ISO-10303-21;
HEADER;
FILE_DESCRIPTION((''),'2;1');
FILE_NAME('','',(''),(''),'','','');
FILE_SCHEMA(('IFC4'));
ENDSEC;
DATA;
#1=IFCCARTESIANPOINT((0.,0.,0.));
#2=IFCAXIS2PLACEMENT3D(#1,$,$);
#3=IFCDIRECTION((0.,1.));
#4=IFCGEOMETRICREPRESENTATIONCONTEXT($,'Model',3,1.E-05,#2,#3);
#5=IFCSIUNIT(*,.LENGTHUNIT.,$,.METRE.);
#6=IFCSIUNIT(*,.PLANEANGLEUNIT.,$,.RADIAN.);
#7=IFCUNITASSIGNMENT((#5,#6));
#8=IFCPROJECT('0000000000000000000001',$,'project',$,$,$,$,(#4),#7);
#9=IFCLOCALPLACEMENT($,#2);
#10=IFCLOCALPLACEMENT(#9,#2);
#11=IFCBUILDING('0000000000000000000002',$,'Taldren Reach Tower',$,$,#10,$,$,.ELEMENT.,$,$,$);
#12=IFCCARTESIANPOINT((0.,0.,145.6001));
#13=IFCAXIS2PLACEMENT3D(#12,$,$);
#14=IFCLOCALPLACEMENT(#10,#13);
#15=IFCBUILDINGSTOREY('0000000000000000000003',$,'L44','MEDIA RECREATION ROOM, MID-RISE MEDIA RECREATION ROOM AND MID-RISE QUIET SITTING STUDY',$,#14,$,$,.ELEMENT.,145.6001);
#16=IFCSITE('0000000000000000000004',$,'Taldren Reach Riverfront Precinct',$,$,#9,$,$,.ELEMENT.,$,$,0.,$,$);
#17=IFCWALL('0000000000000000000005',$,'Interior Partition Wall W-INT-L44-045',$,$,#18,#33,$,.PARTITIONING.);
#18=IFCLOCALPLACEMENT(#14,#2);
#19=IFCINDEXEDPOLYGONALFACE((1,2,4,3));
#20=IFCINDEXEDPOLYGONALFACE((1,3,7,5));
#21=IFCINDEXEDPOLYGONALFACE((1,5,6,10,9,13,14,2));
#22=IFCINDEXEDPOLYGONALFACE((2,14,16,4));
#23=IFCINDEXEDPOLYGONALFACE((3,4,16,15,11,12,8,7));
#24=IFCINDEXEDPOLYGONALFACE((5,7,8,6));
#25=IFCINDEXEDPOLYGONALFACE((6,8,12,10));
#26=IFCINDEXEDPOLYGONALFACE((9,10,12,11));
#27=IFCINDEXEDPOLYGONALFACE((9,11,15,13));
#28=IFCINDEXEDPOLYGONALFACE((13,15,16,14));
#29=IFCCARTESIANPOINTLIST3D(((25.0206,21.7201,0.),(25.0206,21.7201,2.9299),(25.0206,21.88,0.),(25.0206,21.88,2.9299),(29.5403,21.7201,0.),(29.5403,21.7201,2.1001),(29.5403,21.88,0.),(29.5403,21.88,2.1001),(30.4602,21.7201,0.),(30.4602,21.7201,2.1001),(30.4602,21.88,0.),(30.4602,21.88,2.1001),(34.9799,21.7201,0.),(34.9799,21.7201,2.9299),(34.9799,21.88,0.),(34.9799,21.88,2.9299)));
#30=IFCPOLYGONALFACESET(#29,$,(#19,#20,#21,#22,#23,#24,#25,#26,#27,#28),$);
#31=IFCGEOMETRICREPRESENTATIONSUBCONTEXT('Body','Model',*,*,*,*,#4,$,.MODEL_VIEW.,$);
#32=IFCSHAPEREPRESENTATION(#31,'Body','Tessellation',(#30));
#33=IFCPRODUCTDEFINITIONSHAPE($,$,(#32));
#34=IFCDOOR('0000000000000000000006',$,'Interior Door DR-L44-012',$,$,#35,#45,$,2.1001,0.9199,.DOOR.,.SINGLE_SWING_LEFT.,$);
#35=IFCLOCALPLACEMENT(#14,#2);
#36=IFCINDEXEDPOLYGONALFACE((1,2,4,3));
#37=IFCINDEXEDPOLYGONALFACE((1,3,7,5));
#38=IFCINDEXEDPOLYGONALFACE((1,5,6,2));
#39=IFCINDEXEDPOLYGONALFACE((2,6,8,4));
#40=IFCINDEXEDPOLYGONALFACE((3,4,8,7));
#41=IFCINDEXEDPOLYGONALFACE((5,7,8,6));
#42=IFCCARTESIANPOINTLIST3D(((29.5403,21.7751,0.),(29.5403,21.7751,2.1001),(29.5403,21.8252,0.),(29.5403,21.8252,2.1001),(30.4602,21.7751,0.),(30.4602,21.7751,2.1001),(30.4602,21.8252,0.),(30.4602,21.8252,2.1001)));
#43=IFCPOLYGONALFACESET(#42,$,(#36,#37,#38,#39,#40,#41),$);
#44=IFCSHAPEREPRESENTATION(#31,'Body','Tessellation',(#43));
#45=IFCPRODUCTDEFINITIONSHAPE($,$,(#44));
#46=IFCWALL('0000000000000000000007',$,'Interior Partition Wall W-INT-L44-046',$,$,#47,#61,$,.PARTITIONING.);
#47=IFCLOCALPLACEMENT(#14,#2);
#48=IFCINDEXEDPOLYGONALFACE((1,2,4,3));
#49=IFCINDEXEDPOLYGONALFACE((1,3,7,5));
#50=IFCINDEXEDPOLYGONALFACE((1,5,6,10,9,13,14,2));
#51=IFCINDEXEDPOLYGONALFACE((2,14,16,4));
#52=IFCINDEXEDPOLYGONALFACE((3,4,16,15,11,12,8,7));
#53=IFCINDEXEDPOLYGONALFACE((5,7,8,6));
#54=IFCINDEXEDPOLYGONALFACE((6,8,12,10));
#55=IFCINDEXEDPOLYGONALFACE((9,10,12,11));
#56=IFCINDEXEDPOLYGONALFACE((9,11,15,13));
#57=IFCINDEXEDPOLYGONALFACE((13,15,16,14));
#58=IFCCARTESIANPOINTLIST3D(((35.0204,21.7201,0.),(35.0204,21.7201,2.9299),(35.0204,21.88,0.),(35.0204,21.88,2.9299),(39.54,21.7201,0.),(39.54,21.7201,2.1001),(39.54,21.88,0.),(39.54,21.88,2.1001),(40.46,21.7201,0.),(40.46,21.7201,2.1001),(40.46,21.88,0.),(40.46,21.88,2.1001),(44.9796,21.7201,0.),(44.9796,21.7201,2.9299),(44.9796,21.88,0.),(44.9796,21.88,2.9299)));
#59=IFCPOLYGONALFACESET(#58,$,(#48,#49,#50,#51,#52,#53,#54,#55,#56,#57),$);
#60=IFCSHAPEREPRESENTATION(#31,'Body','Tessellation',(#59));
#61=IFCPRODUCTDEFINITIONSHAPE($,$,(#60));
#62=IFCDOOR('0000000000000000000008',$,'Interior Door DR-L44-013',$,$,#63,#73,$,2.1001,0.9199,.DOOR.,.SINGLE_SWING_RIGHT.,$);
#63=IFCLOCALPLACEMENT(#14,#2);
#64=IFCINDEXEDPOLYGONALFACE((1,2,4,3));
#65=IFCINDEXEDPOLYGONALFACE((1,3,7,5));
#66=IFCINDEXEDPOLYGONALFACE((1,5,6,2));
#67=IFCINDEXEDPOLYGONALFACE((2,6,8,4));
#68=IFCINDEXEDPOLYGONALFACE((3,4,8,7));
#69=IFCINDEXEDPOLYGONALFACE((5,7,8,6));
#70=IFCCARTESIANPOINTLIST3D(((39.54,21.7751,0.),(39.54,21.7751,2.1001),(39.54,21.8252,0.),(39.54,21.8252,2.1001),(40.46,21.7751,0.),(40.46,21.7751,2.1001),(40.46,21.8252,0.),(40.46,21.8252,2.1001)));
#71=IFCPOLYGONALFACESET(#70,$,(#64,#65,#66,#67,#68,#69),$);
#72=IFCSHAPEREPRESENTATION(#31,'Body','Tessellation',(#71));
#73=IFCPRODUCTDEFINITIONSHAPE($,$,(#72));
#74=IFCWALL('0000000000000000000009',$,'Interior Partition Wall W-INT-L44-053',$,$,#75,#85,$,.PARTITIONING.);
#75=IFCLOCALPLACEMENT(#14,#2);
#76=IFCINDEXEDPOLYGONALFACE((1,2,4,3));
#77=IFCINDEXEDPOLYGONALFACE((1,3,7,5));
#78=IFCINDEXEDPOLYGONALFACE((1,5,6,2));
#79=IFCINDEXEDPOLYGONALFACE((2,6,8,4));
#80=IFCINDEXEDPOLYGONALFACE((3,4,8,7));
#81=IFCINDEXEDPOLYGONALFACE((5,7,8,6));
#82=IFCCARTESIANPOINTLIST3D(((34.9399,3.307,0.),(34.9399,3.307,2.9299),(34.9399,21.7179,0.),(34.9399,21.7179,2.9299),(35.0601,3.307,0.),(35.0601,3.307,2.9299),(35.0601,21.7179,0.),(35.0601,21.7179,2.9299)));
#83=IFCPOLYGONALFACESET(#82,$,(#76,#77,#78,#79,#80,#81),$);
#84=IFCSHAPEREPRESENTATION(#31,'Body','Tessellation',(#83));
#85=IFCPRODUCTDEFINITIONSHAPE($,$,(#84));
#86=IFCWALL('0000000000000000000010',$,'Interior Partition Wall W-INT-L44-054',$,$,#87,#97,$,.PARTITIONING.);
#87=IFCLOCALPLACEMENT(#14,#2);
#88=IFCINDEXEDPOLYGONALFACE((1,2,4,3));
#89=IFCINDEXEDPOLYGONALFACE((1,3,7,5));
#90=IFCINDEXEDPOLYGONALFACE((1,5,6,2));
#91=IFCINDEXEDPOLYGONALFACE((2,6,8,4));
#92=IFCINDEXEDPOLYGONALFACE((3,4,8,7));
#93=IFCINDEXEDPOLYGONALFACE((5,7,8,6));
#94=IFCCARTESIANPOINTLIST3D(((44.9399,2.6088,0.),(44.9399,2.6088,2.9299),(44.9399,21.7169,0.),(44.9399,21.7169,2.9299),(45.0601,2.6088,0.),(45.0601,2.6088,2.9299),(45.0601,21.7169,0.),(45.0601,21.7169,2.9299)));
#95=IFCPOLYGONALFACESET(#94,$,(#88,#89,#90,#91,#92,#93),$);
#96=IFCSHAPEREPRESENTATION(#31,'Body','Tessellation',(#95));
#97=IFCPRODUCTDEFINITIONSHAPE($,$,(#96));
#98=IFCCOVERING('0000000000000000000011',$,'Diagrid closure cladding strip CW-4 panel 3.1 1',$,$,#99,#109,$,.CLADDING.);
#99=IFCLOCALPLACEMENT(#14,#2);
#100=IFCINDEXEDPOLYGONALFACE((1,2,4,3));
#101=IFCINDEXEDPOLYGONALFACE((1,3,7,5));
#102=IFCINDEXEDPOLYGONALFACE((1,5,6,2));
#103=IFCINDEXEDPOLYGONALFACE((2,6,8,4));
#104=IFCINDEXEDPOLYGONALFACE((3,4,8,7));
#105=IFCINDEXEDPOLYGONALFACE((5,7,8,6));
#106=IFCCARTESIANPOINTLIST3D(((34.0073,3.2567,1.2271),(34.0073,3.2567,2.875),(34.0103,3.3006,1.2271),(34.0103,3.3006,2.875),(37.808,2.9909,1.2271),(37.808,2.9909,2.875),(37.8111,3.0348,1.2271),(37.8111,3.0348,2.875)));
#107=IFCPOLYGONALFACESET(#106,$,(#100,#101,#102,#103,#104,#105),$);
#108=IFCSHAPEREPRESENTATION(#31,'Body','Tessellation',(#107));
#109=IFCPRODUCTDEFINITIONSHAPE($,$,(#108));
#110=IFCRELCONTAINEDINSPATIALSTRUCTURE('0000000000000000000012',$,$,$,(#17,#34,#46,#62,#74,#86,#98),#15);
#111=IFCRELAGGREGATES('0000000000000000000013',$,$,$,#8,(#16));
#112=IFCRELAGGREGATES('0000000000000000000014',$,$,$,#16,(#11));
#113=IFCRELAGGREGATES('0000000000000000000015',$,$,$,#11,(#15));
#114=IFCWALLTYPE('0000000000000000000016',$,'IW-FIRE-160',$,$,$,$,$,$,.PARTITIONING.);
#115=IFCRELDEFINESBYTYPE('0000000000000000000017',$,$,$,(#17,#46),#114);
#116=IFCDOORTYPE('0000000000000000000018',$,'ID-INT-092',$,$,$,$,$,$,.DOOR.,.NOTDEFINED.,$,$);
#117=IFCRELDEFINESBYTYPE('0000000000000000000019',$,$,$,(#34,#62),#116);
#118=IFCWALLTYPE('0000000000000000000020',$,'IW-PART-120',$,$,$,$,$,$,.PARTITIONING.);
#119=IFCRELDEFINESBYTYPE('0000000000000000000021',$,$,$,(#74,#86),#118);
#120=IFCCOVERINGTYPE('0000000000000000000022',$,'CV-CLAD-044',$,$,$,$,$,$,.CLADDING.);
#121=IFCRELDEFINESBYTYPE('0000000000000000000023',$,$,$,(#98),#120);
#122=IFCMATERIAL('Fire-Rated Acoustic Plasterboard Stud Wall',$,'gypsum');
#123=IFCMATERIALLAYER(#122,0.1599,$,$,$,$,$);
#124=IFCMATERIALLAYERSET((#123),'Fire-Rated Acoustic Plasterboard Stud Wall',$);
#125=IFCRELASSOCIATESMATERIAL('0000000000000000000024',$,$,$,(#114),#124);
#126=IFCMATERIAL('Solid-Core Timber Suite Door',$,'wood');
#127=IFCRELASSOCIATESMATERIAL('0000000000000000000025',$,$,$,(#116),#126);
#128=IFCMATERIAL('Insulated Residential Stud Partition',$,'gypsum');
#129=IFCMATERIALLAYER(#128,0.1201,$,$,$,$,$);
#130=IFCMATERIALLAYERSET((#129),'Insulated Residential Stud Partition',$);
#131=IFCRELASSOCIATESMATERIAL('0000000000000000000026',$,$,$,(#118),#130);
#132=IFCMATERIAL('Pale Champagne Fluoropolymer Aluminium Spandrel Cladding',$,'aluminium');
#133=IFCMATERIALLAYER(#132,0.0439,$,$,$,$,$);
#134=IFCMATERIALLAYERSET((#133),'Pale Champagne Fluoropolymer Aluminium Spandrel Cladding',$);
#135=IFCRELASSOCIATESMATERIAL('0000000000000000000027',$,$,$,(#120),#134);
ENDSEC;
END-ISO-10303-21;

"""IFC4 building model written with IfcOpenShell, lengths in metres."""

from ifc_helpers import new_model, si_unit, direction, frame, frame_2d, origin, origin_2d, place, context, subcontext, project, spatial, rectangle, extrude, source, transform, mapped, material, layer, layer_set, type_object, element, fill, save


model = new_model("IFC4")

# Units and contexts
model_context = context("Model", 3, precision=1e-05, world=origin(), true_north=direction((0.0, 1.0)))
body_context = subcontext(model_context, "Body", "Model", "MODEL_VIEW")
ifc_project = project(units=[si_unit("LENGTHUNIT", "METRE"), si_unit("PLANEANGLEUNIT", "RADIAN")], contexts=[model_context])

# Site, building, storey
site_placement = place(None, origin())
site = spatial("IfcSite", under=ifc_project, at=site_placement, Name="Taldren Reach Riverfront Precinct", CompositionType="ELEMENT", RefElevation=0.0)
building_placement = place(site_placement, origin())
building = spatial("IfcBuilding", under=site, at=building_placement, Name="Taldren Reach Tower", CompositionType="ELEMENT")
storey_placement = place(building_placement, frame((0.0, 0.0, 145.6001)))
storey = spatial("IfcBuildingStorey", under=building, at=storey_placement, Name="L44", Description="MEDIA RECREATION ROOM, MID-RISE MEDIA RECREATION ROOM AND MID-RISE QUIET SITTING STUDY", CompositionType="ELEMENT", Elevation=145.6001)

# Walls, openings, doors
ifc_material_1 = material(Name="Fire-Rated Acoustic Plasterboard Stud Wall", Category="gypsum")
ifc_layer_1 = layer(ifc_material_1, 0.1599)
ifc_layer_set_1 = layer_set([ifc_layer_1], Name="Fire-Rated Acoustic Plasterboard Stud Wall")
wall_type_1 = type_object("IfcWallType", Name="IW-FIRE-160", PredefinedType="PARTITIONING", material=ifc_layer_set_1)
shared_shape_1 = source(origin(), body_context, "Body", "SweptSolid", [
    extrude(rectangle(XDim=0.9199, YDim=2.1001, at=frame_2d((0.46, 1.05))), frame((0.0, 0.0898, 0.0), z_axis=(0.0, -1.0, 0.0), x_axis=(1.0, 0.0, 0.0)), (0.0, 0.0, 1.0), 0.1799),
])
ifc_material_2 = material(Name="Solid-Core Timber Suite Door", Category="wood")
door_type_1 = type_object("IfcDoorType", Name="ID-INT-092", OperationType="NOTDEFINED", PredefinedType="DOOR", material=ifc_material_2)
shared_shape_2 = source(origin(), body_context, "Body", "SweptSolid", [
    extrude(rectangle(XDim=0.9199, YDim=2.1001, at=frame_2d((0.46, 1.05))), frame((0.0, 0.0249, 0.0), z_axis=(0.0, -1.0, 0.0), x_axis=(1.0, 0.0, 0.0)), (0.0, 0.0, 1.0), 0.05),
])
shared_shape_3 = source(origin(), body_context, "Body", "SweptSolid", [
    extrude(rectangle(XDim=9.9592, YDim=0.1599, at=frame_2d((4.9795, 0.0))), origin(), (0.0, 0.0, 1.0), 2.9299),
])
wall_1_placement = place(storey_placement, frame((34.9797, 21.8, 0.0), z_axis=(0.0, 0.0, 1.0), x_axis=(-1.0, 0.0, 0.0)))
wall_1 = element("IfcWall", 1, at=wall_1_placement, inside=storey, type_object=wall_type_1, Name="Interior Partition Wall W-INT-L44-045", PredefinedType="PARTITIONING", context=body_context, shape_type="MappedRepresentation", body=[
    mapped(shared_shape_3, transform((0.0, 0.0, 0.0), scale=1.0)),
])
opening_1_placement = place(wall_1_placement, frame((4.5195, 0.0, 0.0)))
opening_1 = element("IfcOpeningElement", 2, at=opening_1_placement, cuts=wall_1, PredefinedType="OPENING", context=body_context, shape_type="MappedRepresentation", body=[
    mapped(shared_shape_1, transform((0.0, 0.0, 0.0), scale=1.0)),
])
door_1_placement = place(opening_1_placement, origin())
door_1 = element("IfcDoor", 3, at=door_1_placement, inside=storey, type_object=door_type_1, Name="Interior Door DR-L44-012", OperationType="SINGLE_SWING_LEFT", OverallHeight=2.1001, OverallWidth=0.9199, PredefinedType="DOOR", context=body_context, shape_type="MappedRepresentation", body=[
    mapped(shared_shape_2, transform((0.0, 0.0, 0.0), scale=1.0)),
])
fill(opening_1, door_1)
wall_2_placement = place(storey_placement, frame((44.9795, 21.8, 0.0), z_axis=(0.0, 0.0, 1.0), x_axis=(-1.0, 0.0, 0.0)))
wall_2 = element("IfcWall", 4, at=wall_2_placement, inside=storey, type_object=wall_type_1, Name="Interior Partition Wall W-INT-L44-046", PredefinedType="PARTITIONING", context=body_context, shape_type="MappedRepresentation", body=[
    mapped(shared_shape_3, transform((0.0, 0.0, 0.0), scale=1.0)),
])
opening_2_placement = place(wall_2_placement, frame((4.5195, 0.0, 0.0)))
opening_2 = element("IfcOpeningElement", 5, at=opening_2_placement, cuts=wall_2, PredefinedType="OPENING", context=body_context, shape_type="MappedRepresentation", body=[
    mapped(shared_shape_1, transform((0.0, 0.0, 0.0), scale=1.0)),
])
door_2_placement = place(opening_2_placement, origin())
door_2 = element("IfcDoor", 6, at=door_2_placement, inside=storey, type_object=door_type_1, Name="Interior Door DR-L44-013", OperationType="SINGLE_SWING_RIGHT", OverallHeight=2.1001, OverallWidth=0.9199, PredefinedType="DOOR", context=body_context, shape_type="MappedRepresentation", body=[
    mapped(shared_shape_2, transform((0.0, 0.0, 0.0), scale=1.0)),
])
fill(opening_2, door_2)

# Walls
ifc_material_3 = material(Name="Insulated Residential Stud Partition", Category="gypsum")
ifc_layer_2 = layer(ifc_material_3, 0.1201)
ifc_layer_set_2 = layer_set([ifc_layer_2], Name="Insulated Residential Stud Partition")
wall_type_2 = type_object("IfcWallType", Name="IW-PART-120", PredefinedType="PARTITIONING", material=ifc_layer_set_2)
shared_shape_4 = source(origin(), body_context, "Body", "SweptSolid", [
    extrude(rectangle(XDim=18.4109, YDim=0.1201, at=frame_2d((9.2056, 0.0))), origin(), (0.0, 0.0, 1.0), 2.9299),
])
wall_3_placement = place(storey_placement, frame((35.0, 21.718, 0.0), z_axis=(0.0, 0.0, 1.0), x_axis=(0.0, -1.0, 0.0)))
element("IfcWall", 7, at=wall_3_placement, inside=storey, type_object=wall_type_2, Name="Interior Partition Wall W-INT-L44-053", PredefinedType="PARTITIONING", context=body_context, shape_type="MappedRepresentation", body=[
    mapped(shared_shape_4, transform((0.0, 0.0, 0.0), scale=1.0)),
])
shared_shape_5 = source(origin(), body_context, "Body", "SweptSolid", [
    extrude(rectangle(XDim=19.1082, YDim=0.1201, at=frame_2d((9.5542, 0.0))), origin(), (0.0, 0.0, 1.0), 2.9299),
])
wall_4_placement = place(storey_placement, frame((45.0, 21.717, 0.0), z_axis=(0.0, 0.0, 1.0), x_axis=(0.0, -1.0, 0.0)))
element("IfcWall", 8, at=wall_4_placement, inside=storey, type_object=wall_type_2, Name="Interior Partition Wall W-INT-L44-054", PredefinedType="PARTITIONING", context=body_context, shape_type="MappedRepresentation", body=[
    mapped(shared_shape_5, transform((0.0, 0.0, 0.0), scale=1.0)),
])

# Covering
ifc_material_4 = material(Name="Pale Champagne Fluoropolymer Aluminium Spandrel Cladding", Category="aluminium")
ifc_layer_3 = layer(ifc_material_4, 0.0439)
ifc_layer_set_3 = layer_set([ifc_layer_3], Name="Pale Champagne Fluoropolymer Aluminium Spandrel Cladding")
covering_type = type_object("IfcCoveringType", Name="CV-CLAD-044", PredefinedType="CLADDING", material=ifc_layer_set_3)
shared_shape_6 = source(origin(), body_context, "Body", "SweptSolid", [
    extrude(rectangle(XDim=3.8101, YDim=0.0439, at=origin_2d()), origin(), (0.0, 0.0, 1.0), 1.6479),
])
covering_placement = place(storey_placement, frame((35.9092, 3.1458, 1.2271), z_axis=(0.0, 0.0, 1.0), x_axis=(0.997564, -0.069757, 0.0)))
element("IfcCovering", 9, at=covering_placement, inside=storey, type_object=covering_type, Name="Diagrid closure cladding strip CW-4 panel 3.1 1", PredefinedType="CLADDING", context=body_context, shape_type="MappedRepresentation", body=[
    mapped(shared_shape_6, transform((0.0, 0.0, 0.0), scale=1.0)),
])

save(model, "model.ifc")
